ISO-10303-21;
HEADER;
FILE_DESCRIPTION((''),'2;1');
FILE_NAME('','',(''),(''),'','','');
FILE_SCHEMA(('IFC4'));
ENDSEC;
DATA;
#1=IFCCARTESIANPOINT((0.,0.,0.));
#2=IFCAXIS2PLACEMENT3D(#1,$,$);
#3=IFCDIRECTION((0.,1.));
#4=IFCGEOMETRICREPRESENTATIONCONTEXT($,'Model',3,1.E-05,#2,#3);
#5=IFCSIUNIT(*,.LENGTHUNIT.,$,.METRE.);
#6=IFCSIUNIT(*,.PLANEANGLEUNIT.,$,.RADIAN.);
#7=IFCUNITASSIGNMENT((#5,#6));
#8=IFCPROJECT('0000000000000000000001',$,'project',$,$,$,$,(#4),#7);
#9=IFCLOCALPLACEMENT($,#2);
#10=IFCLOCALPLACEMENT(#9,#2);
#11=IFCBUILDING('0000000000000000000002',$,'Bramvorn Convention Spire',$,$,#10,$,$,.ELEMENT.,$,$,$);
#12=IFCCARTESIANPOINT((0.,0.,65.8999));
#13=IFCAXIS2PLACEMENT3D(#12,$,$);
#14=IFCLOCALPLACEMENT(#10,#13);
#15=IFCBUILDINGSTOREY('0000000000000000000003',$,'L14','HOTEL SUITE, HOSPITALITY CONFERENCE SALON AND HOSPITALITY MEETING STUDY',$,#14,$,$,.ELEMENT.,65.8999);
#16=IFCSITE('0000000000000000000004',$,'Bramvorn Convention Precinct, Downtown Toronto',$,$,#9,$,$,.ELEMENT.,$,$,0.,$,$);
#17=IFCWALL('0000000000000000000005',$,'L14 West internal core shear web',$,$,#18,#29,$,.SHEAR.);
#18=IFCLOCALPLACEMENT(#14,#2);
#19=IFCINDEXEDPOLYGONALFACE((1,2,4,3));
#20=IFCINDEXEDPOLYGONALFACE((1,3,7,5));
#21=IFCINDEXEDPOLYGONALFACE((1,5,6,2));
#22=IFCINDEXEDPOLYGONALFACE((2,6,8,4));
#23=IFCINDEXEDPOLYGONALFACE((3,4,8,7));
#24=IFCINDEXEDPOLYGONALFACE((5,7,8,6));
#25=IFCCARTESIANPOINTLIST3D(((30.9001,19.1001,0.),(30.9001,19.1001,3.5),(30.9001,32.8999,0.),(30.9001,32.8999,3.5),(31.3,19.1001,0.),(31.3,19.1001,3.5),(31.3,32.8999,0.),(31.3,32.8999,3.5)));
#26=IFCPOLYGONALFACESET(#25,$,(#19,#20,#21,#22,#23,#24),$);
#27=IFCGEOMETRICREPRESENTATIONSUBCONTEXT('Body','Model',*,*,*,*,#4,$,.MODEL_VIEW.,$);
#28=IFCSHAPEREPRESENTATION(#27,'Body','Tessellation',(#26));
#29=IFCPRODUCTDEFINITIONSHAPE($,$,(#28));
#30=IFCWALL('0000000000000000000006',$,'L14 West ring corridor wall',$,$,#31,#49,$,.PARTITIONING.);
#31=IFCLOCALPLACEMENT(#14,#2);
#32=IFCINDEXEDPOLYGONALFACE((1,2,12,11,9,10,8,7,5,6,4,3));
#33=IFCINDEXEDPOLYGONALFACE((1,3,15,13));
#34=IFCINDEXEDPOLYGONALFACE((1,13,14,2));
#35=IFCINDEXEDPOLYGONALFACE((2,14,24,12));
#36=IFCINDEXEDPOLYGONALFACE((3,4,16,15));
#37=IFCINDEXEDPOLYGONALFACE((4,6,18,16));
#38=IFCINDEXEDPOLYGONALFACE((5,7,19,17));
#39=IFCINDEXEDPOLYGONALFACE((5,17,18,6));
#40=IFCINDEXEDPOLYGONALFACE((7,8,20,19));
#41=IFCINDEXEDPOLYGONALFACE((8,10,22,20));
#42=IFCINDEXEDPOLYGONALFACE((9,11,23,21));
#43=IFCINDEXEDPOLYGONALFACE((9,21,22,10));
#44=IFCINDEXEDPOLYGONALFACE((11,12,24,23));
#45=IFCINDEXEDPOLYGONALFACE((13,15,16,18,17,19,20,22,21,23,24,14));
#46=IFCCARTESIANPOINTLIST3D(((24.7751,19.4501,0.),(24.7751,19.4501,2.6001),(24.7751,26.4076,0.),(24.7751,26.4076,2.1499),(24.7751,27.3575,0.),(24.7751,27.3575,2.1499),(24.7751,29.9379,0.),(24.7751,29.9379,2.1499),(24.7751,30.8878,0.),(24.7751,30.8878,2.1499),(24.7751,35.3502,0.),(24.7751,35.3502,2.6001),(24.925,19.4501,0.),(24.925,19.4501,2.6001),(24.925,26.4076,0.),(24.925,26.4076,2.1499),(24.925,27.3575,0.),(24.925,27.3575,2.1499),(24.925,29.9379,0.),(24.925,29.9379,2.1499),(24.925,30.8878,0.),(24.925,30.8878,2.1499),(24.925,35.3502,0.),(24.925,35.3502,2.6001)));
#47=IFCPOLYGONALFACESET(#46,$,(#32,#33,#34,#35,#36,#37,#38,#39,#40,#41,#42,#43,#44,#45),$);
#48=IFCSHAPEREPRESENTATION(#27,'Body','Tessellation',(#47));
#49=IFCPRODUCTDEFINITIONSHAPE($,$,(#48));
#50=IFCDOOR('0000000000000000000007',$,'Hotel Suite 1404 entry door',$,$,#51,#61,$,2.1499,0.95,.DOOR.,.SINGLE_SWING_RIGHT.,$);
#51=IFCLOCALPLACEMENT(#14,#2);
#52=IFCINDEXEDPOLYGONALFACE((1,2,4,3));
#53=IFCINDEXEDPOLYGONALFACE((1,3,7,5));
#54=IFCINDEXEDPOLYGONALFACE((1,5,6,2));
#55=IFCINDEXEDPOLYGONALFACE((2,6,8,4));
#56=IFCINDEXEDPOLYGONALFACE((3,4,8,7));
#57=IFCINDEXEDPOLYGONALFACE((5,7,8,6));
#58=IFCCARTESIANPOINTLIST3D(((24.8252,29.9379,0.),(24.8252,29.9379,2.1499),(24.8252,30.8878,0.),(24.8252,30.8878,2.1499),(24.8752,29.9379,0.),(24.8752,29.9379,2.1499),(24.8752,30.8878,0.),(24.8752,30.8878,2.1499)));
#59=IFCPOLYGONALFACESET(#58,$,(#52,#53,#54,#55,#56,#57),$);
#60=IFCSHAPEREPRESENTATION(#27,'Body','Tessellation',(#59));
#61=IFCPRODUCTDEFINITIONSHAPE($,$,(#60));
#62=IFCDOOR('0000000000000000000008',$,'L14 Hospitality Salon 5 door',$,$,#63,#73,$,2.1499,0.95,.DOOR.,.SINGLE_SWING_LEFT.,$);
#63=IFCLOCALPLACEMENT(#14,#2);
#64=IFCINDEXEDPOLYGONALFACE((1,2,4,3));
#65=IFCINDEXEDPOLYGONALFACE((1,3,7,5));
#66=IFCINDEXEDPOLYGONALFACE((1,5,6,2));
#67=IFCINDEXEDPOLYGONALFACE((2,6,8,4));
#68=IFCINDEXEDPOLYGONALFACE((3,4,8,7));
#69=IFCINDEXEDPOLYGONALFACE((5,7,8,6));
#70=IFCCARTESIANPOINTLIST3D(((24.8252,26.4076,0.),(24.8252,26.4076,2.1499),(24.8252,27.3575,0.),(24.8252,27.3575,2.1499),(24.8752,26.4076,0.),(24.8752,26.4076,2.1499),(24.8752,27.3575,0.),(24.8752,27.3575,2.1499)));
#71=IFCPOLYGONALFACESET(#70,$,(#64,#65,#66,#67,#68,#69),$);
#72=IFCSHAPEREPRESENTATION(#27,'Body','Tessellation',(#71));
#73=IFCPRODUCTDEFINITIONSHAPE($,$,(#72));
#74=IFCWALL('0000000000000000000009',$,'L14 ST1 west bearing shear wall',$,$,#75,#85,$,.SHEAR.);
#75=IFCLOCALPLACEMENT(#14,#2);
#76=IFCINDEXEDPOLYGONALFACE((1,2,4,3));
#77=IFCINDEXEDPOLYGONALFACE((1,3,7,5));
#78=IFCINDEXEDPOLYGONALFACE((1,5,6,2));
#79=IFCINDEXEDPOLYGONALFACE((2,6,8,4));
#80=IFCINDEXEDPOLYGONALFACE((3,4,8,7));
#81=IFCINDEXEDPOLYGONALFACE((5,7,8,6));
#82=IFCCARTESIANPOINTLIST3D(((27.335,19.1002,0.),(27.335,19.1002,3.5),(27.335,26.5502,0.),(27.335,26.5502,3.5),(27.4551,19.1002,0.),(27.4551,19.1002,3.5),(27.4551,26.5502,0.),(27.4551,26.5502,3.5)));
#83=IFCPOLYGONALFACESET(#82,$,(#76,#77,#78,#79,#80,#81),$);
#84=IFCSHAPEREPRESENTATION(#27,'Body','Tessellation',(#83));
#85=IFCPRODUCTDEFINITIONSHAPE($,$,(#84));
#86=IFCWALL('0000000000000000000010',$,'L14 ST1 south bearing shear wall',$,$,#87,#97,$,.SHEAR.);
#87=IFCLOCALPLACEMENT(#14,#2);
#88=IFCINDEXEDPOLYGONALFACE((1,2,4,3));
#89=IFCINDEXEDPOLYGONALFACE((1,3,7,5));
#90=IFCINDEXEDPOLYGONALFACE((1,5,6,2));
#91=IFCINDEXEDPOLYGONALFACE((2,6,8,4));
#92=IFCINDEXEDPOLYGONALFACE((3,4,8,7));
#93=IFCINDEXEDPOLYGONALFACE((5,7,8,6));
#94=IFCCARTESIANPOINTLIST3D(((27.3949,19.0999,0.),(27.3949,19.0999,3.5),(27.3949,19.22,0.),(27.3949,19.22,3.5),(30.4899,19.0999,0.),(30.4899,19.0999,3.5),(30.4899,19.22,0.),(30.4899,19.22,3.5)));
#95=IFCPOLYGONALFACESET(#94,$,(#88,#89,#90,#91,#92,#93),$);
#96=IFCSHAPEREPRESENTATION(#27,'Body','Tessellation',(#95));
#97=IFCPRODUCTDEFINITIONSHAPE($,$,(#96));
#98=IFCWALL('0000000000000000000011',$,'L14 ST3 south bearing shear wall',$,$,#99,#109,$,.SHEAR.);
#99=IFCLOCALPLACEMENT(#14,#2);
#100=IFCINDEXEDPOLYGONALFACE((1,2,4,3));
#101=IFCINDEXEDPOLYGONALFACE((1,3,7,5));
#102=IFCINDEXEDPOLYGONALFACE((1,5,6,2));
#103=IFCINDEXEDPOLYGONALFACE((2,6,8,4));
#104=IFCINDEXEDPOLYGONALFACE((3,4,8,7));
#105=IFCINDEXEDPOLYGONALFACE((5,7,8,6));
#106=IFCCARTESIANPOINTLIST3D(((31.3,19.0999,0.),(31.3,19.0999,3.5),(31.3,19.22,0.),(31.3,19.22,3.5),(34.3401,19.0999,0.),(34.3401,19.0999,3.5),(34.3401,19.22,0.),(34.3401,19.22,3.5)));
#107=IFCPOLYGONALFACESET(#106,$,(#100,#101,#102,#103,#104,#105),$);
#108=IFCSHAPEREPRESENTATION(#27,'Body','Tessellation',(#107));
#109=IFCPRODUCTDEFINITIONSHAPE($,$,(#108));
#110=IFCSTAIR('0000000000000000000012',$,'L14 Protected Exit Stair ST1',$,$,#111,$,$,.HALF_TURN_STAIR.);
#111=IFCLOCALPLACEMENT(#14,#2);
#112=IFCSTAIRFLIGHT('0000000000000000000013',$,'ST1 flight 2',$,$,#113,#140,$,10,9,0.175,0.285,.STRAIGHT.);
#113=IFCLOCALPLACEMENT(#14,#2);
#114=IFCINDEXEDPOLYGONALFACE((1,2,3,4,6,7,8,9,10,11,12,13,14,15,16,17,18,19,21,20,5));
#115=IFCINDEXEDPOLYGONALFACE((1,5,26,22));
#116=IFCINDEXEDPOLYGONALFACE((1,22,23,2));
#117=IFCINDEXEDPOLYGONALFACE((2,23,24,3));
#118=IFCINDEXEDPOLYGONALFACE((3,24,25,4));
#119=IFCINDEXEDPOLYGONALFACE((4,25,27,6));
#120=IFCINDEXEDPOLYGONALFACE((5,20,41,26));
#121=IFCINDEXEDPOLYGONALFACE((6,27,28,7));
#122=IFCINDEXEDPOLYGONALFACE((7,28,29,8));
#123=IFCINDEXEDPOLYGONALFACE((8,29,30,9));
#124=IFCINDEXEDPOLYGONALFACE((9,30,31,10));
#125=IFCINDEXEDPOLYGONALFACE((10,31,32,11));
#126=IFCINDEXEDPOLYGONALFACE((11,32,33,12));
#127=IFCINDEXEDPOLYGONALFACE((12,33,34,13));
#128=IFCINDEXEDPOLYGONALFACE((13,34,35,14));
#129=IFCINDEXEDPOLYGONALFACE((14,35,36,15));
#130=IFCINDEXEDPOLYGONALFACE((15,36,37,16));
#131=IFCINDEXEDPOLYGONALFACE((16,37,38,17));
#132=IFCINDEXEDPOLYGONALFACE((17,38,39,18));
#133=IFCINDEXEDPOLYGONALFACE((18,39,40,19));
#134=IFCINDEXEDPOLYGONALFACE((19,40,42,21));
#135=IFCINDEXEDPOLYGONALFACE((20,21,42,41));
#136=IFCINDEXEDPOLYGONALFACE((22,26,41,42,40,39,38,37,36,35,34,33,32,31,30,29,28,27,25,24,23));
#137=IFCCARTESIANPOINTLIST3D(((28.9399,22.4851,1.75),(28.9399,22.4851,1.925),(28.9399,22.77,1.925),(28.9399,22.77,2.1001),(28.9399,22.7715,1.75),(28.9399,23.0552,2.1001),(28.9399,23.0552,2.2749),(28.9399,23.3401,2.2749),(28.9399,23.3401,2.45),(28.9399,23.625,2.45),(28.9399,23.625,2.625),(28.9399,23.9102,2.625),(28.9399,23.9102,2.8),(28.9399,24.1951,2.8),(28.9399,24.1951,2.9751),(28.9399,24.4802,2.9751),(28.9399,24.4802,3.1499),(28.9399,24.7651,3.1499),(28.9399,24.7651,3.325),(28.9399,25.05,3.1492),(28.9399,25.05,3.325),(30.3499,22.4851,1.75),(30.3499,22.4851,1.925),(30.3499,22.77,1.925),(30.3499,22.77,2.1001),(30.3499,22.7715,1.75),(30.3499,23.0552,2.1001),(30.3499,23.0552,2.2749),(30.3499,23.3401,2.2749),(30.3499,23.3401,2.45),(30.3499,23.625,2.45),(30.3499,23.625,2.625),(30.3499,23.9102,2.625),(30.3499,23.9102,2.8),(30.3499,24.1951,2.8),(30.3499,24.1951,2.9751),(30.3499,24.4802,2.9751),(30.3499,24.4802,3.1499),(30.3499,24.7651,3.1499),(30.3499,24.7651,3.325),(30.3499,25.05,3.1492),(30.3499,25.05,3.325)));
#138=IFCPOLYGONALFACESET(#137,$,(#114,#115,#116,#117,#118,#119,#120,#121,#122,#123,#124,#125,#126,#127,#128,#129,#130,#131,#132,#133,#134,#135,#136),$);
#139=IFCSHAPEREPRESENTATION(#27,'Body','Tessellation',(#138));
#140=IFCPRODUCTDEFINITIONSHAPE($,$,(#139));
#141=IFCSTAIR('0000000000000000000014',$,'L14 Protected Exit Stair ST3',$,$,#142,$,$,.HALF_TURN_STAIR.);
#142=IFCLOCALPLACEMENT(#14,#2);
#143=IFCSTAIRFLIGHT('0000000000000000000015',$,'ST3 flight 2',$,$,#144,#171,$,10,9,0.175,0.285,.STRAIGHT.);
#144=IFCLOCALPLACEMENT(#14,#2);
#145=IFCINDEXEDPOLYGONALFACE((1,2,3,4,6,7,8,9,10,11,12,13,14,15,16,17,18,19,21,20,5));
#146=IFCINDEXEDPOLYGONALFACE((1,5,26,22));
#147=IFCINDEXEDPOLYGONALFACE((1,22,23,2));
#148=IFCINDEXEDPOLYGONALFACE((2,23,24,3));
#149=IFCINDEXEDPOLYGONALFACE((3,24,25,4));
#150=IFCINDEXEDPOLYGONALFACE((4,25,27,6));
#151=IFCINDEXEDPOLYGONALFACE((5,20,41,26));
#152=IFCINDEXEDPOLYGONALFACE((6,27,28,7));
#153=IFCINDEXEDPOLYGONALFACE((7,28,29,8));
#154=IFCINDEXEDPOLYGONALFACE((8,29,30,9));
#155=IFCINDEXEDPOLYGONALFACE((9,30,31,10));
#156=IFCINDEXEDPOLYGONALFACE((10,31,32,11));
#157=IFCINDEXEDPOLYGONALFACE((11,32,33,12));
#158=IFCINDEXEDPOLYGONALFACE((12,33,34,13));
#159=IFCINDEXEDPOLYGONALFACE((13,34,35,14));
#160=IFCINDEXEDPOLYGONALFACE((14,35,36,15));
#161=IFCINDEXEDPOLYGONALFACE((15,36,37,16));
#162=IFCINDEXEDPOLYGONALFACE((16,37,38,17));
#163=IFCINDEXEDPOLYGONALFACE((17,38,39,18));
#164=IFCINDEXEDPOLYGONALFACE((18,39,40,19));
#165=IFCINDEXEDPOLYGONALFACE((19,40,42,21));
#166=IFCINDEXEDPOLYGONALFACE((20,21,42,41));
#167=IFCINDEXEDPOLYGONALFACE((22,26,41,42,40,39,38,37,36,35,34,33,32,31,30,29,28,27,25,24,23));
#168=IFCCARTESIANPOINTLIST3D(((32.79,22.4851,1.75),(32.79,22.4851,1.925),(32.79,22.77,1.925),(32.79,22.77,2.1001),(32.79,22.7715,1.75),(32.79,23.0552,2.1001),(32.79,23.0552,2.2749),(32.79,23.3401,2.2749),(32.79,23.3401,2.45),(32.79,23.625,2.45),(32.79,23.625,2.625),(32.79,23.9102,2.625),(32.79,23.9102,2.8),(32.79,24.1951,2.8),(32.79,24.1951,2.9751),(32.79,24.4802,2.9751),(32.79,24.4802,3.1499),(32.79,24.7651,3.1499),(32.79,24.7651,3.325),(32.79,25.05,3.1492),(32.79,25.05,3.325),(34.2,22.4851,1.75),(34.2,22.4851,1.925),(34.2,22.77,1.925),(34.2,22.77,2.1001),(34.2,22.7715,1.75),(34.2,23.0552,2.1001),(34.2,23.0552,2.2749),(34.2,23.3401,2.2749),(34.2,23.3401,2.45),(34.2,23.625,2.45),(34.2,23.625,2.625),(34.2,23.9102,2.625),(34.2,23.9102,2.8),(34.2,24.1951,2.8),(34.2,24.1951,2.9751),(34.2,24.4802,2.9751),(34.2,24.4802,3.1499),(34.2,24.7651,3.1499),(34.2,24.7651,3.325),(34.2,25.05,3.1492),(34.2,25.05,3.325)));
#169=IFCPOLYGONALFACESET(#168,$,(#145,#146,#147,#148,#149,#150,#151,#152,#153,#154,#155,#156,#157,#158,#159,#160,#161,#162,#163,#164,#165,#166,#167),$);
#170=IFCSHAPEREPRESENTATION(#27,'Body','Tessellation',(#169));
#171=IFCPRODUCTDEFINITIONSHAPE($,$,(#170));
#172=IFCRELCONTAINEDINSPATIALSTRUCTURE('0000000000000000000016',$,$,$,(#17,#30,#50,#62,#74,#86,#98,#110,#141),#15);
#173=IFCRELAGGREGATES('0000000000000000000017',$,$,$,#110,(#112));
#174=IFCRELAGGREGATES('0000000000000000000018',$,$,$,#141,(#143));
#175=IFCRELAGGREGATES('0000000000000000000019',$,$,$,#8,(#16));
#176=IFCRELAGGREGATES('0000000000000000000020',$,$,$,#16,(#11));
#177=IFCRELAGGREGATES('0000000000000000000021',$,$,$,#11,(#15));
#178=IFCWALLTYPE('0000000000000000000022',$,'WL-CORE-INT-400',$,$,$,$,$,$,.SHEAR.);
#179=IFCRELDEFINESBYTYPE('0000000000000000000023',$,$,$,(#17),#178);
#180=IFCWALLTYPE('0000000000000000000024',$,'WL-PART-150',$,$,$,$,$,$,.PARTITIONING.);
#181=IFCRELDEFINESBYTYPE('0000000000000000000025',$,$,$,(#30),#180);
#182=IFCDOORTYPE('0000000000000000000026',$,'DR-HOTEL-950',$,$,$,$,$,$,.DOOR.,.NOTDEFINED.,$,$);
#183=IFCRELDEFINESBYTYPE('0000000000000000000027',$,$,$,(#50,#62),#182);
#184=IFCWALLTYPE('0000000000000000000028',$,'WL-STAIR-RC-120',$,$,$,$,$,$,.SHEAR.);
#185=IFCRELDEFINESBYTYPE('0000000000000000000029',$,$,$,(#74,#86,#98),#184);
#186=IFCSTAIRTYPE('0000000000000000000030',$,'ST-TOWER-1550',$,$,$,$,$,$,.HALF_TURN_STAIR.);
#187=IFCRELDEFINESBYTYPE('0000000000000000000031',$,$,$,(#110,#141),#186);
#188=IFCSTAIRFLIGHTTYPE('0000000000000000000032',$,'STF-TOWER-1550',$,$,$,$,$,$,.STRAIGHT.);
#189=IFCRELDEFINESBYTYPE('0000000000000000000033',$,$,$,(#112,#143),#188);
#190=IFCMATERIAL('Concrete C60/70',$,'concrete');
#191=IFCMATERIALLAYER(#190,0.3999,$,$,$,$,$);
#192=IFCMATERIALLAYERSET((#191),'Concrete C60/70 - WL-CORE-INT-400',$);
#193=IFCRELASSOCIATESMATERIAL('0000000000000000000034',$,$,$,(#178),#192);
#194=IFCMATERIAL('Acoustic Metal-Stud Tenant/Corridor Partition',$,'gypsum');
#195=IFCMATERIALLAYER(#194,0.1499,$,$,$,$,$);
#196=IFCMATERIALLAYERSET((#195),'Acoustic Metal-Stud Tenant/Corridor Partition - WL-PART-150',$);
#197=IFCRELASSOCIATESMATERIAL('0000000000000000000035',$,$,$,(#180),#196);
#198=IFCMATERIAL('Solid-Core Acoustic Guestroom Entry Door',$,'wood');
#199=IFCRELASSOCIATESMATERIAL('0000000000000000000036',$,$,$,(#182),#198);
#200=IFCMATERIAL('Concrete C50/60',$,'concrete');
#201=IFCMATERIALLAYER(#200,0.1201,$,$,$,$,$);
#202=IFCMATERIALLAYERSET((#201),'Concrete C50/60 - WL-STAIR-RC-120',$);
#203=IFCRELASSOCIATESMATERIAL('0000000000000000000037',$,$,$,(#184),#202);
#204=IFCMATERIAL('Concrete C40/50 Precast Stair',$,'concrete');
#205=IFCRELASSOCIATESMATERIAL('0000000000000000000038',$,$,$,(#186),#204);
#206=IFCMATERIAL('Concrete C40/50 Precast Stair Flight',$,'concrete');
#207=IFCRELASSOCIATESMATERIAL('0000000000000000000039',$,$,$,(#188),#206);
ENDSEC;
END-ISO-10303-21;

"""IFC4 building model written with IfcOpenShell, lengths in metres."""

from ifc_helpers import new_model, si_unit, direction, frame, frame_2d, origin, place, context, subcontext, project, spatial, polyline, rectangle, outline, extrude, material, layer, layer_set, type_object, element, fill, aggregate, save


model = new_model("IFC4")

# Units and contexts
model_context = context("Model", 3, precision=1e-05, world=origin(), true_north=direction((0.0, 1.0)))
body_context = subcontext(model_context, "Body", "Model", "MODEL_VIEW")
ifc_project = project(units=[si_unit("LENGTHUNIT", "METRE"), si_unit("PLANEANGLEUNIT", "RADIAN")], contexts=[model_context])

# Site, building, storey
site_placement = place(None, origin())
site = spatial("IfcSite", under=ifc_project, at=site_placement, Name="Bramvorn Convention Precinct, Downtown Toronto", CompositionType="ELEMENT", RefElevation=0.0)
building_placement = place(site_placement, origin())
building = spatial("IfcBuilding", under=site, at=building_placement, Name="Bramvorn Convention Spire", CompositionType="ELEMENT")
storey_placement = place(building_placement, frame((0.0, 0.0, 65.8999)))
storey = spatial("IfcBuildingStorey", under=building, at=storey_placement, Name="L14", Description="HOTEL SUITE, HOSPITALITY CONFERENCE SALON AND HOSPITALITY MEETING STUDY", CompositionType="ELEMENT", Elevation=65.8999)

# Shared definitions
ifc_material_1 = material(Name="Concrete C60/70", Category="concrete")

# Wall
ifc_layer_1 = layer(ifc_material_1, 0.3999)
ifc_layer_set_1 = layer_set([ifc_layer_1], Name="Concrete C60/70 - WL-CORE-INT-400")
wall_type_1 = type_object("IfcWallType", Name="WL-CORE-INT-400", PredefinedType="SHEAR", material=ifc_layer_set_1)
wall_1_placement = place(storey_placement, frame((31.1001, 19.1001, 0.0), z_axis=(0.0, 0.0, 1.0), x_axis=(0.0, 1.0, 0.0)))
element("IfcWall", 1, at=wall_1_placement, inside=storey, type_object=wall_type_1, Name="L14 West internal core shear web", PredefinedType="SHEAR", context=body_context, shape_type="SweptSolid", body=[
    extrude(rectangle(XDim=13.7998, YDim=0.3999, at=frame_2d((6.8999, 0.0))), origin(), (0.0, 0.0, 1.0), 3.5),
])

# Wall, openings, doors
ifc_material_2 = material(Name="Acoustic Metal-Stud Tenant/Corridor Partition", Category="gypsum")
ifc_layer_2 = layer(ifc_material_2, 0.1499)
ifc_layer_set_2 = layer_set([ifc_layer_2], Name="Acoustic Metal-Stud Tenant/Corridor Partition - WL-PART-150")
wall_type_2 = type_object("IfcWallType", Name="WL-PART-150", PredefinedType="PARTITIONING", material=ifc_layer_set_2)
wall_2_placement = place(storey_placement, frame((24.8501, 19.45, 0.0), z_axis=(0.0, 0.0, 1.0), x_axis=(0.0, 1.0, 0.0)))
wall_2 = element("IfcWall", 2, at=wall_2_placement, inside=storey, type_object=wall_type_2, Name="L14 West ring corridor wall", PredefinedType="PARTITIONING", context=body_context, shape_type="SweptSolid", body=[
    extrude(rectangle(XDim=15.9001, YDim=0.1499, at=frame_2d((7.9502, 0.0))), origin(), (0.0, 0.0, 1.0), 2.6001),
])
opening_1_placement = place(wall_2_placement, frame((10.4878, 0.0, 0.0)))
opening_1 = element("IfcOpeningElement", 3, at=opening_1_placement, cuts=wall_2, PredefinedType="OPENING", context=body_context, shape_type="SweptSolid", body=[
    extrude(rectangle(XDim=0.95, YDim=2.1499, at=frame_2d((0.4751, 1.075))), frame((0.0, 0.085, 0.0), z_axis=(0.0, -1.0, 0.0), x_axis=(1.0, 0.0, 0.0)), (0.0, 0.0, 1.0), 0.1699),
])
opening_2_placement = place(wall_2_placement, frame((6.9575, 0.0, 0.0)))
opening_2 = element("IfcOpeningElement", 4, at=opening_2_placement, cuts=wall_2, PredefinedType="OPENING", context=body_context, shape_type="SweptSolid", body=[
    extrude(rectangle(XDim=0.95, YDim=2.1499, at=frame_2d((0.4751, 1.075))), frame((0.0, 0.085, 0.0), z_axis=(0.0, -1.0, 0.0), x_axis=(1.0, 0.0, 0.0)), (0.0, 0.0, 1.0), 0.1699),
])
ifc_material_3 = material(Name="Solid-Core Acoustic Guestroom Entry Door", Category="wood")
door_type_1 = type_object("IfcDoorType", Name="DR-HOTEL-950", OperationType="NOTDEFINED", PredefinedType="DOOR", material=ifc_material_3)
door_1_placement = place(opening_1_placement, origin())
door_1 = element("IfcDoor", 5, at=door_1_placement, inside=storey, type_object=door_type_1, Name="Hotel Suite 1404 entry door", OperationType="SINGLE_SWING_RIGHT", OverallHeight=2.1499, OverallWidth=0.95, PredefinedType="DOOR", context=body_context, shape_type="SweptSolid", body=[
    extrude(rectangle(XDim=0.95, YDim=2.1499, at=frame_2d((0.4751, 1.075))), frame((0.0, 0.0249, 0.0), z_axis=(0.0, -1.0, 0.0), x_axis=(1.0, 0.0, 0.0)), (0.0, 0.0, 1.0), 0.05),
])
fill(opening_1, door_1)
door_2_placement = place(opening_2_placement, origin())
door_2 = element("IfcDoor", 6, at=door_2_placement, inside=storey, type_object=door_type_1, Name="L14 Hospitality Salon 5 door", OperationType="SINGLE_SWING_LEFT", OverallHeight=2.1499, OverallWidth=0.95, PredefinedType="DOOR", context=body_context, shape_type="SweptSolid", body=[
    extrude(rectangle(XDim=0.95, YDim=2.1499, at=frame_2d((0.4751, 1.075))), frame((0.0, 0.0249, 0.0), z_axis=(0.0, -1.0, 0.0), x_axis=(1.0, 0.0, 0.0)), (0.0, 0.0, 1.0), 0.05),
])
fill(opening_2, door_2)

# Walls
ifc_material_4 = material(Name="Concrete C50/60", Category="concrete")
ifc_layer_3 = layer(ifc_material_4, 0.1201)
ifc_layer_set_3 = layer_set([ifc_layer_3], Name="Concrete C50/60 - WL-STAIR-RC-120")
wall_type_3 = type_object("IfcWallType", Name="WL-STAIR-RC-120", PredefinedType="SHEAR", material=ifc_layer_set_3)
wall_3_placement = place(storey_placement, frame((27.395, 19.1001, 0.0), z_axis=(0.0, 0.0, 1.0), x_axis=(0.0, 1.0, 0.0)))
element("IfcWall", 7, at=wall_3_placement, inside=storey, type_object=wall_type_3, Name="L14 ST1 west bearing shear wall", PredefinedType="SHEAR", context=body_context, shape_type="SweptSolid", body=[
    extrude(rectangle(XDim=7.45, YDim=0.1201, at=frame_2d((3.7251, 0.0))), origin(), (0.0, 0.0, 1.0), 3.5),
])
wall_4_placement = place(storey_placement, frame((27.395, 19.1599, 0.0), z_axis=(0.0, 0.0, 1.0), x_axis=(1.0, 0.0, 0.0)))
element("IfcWall", 8, at=wall_4_placement, inside=storey, type_object=wall_type_3, Name="L14 ST1 south bearing shear wall", PredefinedType="SHEAR", context=body_context, shape_type="SweptSolid", body=[
    extrude(rectangle(XDim=3.095, YDim=0.1201, at=frame_2d((1.5474, 0.0))), origin(), (0.0, 0.0, 1.0), 3.5),
])
wall_5_placement = place(storey_placement, frame((31.3, 19.1599, 0.0), z_axis=(0.0, 0.0, 1.0), x_axis=(1.0, 0.0, 0.0)))
element("IfcWall", 9, at=wall_5_placement, inside=storey, type_object=wall_type_3, Name="L14 ST3 south bearing shear wall", PredefinedType="SHEAR", context=body_context, shape_type="SweptSolid", body=[
    extrude(rectangle(XDim=3.04, YDim=0.1201, at=frame_2d((1.52, 0.0))), origin(), (0.0, 0.0, 1.0), 3.5),
])

# Stairs, stair flights
ifc_material_5 = material(Name="Concrete C40/50 Precast Stair", Category="concrete")
stair_type = type_object("IfcStairType", Name="ST-TOWER-1550", PredefinedType="HALF_TURN_STAIR", material=ifc_material_5)
stair_1_placement = place(storey_placement, origin())
stair_1 = element("IfcStair", 10, at=stair_1_placement, inside=storey, type_object=stair_type, Name="L14 Protected Exit Stair ST1", PredefinedType="HALF_TURN_STAIR")
ifc_material_6 = material(Name="Concrete C40/50 Precast Stair Flight", Category="concrete")
stair_flight_type = type_object("IfcStairFlightType", Name="STF-TOWER-1550", PredefinedType="STRAIGHT", material=ifc_material_6)
stair_flight_1_placement = place(storey_placement, frame((29.645, 22.4851, 1.75), z_axis=(0.0, 0.0, 1.0), x_axis=(0.0, 1.0, 0.0)))
stair_flight_1 = element("IfcStairFlight", 11, at=stair_flight_1_placement, type_object=stair_flight_type, Name="ST1 flight 2", NumberOfRisers=10, NumberOfTreads=9, PredefinedType="STRAIGHT", RiserHeight=0.175, TreadLength=0.285, context=body_context, shape_type="SweptSolid", body=[
    extrude(outline(polyline([(0.0, 0.0), (0.0, 0.175), (0.2849, 0.175), (0.2849, 0.3501), (0.5701, 0.3501), (0.5701, 0.5249), (0.855, 0.5249), (0.855, 0.7), (1.1399, 0.7), (1.1399, 0.875), (1.425, 0.875), (1.425, 1.05), (1.71, 1.05), (1.71, 1.2251), (1.9951, 1.2251), (1.9951, 1.3999), (2.28, 1.3999), (2.28, 1.575), (2.5649, 1.575), (2.5649, 1.75), (2.5649, 1.3992), (0.2864, 0.0), (0.0, 0.0)])), frame((0.0, 0.7051, 0.0), z_axis=(0.0, -1.0, 0.0), x_axis=(1.0, 0.0, 0.0)), (0.0, 0.0, 1.0), 1.4099),
])
aggregate(stair_1, [stair_flight_1])
stair_2_placement = place(storey_placement, origin())
stair_2 = element("IfcStair", 12, at=stair_2_placement, inside=storey, type_object=stair_type, Name="L14 Protected Exit Stair ST3", PredefinedType="HALF_TURN_STAIR")
stair_flight_2_placement = place(storey_placement, frame((33.4951, 22.4851, 1.75), z_axis=(0.0, 0.0, 1.0), x_axis=(0.0, 1.0, 0.0)))
stair_flight_2 = element("IfcStairFlight", 13, at=stair_flight_2_placement, type_object=stair_flight_type, Name="ST3 flight 2", NumberOfRisers=10, NumberOfTreads=9, PredefinedType="STRAIGHT", RiserHeight=0.175, TreadLength=0.285, context=body_context, shape_type="SweptSolid", body=[
    extrude(outline(polyline([(0.0, 0.0), (0.0, 0.175), (0.2849, 0.175), (0.2849, 0.3501), (0.5701, 0.3501), (0.5701, 0.5249), (0.855, 0.5249), (0.855, 0.7), (1.1399, 0.7), (1.1399, 0.875), (1.425, 0.875), (1.425, 1.05), (1.71, 1.05), (1.71, 1.2251), (1.9951, 1.2251), (1.9951, 1.3999), (2.28, 1.3999), (2.28, 1.575), (2.5649, 1.575), (2.5649, 1.75), (2.5649, 1.3992), (0.2864, 0.0), (0.0, 0.0)])), frame((0.0, 0.7051, 0.0), z_axis=(0.0, -1.0, 0.0), x_axis=(1.0, 0.0, 0.0)), (0.0, 0.0, 1.0), 1.4099),
])
aggregate(stair_2, [stair_flight_2])

save(model, "model.ifc")
